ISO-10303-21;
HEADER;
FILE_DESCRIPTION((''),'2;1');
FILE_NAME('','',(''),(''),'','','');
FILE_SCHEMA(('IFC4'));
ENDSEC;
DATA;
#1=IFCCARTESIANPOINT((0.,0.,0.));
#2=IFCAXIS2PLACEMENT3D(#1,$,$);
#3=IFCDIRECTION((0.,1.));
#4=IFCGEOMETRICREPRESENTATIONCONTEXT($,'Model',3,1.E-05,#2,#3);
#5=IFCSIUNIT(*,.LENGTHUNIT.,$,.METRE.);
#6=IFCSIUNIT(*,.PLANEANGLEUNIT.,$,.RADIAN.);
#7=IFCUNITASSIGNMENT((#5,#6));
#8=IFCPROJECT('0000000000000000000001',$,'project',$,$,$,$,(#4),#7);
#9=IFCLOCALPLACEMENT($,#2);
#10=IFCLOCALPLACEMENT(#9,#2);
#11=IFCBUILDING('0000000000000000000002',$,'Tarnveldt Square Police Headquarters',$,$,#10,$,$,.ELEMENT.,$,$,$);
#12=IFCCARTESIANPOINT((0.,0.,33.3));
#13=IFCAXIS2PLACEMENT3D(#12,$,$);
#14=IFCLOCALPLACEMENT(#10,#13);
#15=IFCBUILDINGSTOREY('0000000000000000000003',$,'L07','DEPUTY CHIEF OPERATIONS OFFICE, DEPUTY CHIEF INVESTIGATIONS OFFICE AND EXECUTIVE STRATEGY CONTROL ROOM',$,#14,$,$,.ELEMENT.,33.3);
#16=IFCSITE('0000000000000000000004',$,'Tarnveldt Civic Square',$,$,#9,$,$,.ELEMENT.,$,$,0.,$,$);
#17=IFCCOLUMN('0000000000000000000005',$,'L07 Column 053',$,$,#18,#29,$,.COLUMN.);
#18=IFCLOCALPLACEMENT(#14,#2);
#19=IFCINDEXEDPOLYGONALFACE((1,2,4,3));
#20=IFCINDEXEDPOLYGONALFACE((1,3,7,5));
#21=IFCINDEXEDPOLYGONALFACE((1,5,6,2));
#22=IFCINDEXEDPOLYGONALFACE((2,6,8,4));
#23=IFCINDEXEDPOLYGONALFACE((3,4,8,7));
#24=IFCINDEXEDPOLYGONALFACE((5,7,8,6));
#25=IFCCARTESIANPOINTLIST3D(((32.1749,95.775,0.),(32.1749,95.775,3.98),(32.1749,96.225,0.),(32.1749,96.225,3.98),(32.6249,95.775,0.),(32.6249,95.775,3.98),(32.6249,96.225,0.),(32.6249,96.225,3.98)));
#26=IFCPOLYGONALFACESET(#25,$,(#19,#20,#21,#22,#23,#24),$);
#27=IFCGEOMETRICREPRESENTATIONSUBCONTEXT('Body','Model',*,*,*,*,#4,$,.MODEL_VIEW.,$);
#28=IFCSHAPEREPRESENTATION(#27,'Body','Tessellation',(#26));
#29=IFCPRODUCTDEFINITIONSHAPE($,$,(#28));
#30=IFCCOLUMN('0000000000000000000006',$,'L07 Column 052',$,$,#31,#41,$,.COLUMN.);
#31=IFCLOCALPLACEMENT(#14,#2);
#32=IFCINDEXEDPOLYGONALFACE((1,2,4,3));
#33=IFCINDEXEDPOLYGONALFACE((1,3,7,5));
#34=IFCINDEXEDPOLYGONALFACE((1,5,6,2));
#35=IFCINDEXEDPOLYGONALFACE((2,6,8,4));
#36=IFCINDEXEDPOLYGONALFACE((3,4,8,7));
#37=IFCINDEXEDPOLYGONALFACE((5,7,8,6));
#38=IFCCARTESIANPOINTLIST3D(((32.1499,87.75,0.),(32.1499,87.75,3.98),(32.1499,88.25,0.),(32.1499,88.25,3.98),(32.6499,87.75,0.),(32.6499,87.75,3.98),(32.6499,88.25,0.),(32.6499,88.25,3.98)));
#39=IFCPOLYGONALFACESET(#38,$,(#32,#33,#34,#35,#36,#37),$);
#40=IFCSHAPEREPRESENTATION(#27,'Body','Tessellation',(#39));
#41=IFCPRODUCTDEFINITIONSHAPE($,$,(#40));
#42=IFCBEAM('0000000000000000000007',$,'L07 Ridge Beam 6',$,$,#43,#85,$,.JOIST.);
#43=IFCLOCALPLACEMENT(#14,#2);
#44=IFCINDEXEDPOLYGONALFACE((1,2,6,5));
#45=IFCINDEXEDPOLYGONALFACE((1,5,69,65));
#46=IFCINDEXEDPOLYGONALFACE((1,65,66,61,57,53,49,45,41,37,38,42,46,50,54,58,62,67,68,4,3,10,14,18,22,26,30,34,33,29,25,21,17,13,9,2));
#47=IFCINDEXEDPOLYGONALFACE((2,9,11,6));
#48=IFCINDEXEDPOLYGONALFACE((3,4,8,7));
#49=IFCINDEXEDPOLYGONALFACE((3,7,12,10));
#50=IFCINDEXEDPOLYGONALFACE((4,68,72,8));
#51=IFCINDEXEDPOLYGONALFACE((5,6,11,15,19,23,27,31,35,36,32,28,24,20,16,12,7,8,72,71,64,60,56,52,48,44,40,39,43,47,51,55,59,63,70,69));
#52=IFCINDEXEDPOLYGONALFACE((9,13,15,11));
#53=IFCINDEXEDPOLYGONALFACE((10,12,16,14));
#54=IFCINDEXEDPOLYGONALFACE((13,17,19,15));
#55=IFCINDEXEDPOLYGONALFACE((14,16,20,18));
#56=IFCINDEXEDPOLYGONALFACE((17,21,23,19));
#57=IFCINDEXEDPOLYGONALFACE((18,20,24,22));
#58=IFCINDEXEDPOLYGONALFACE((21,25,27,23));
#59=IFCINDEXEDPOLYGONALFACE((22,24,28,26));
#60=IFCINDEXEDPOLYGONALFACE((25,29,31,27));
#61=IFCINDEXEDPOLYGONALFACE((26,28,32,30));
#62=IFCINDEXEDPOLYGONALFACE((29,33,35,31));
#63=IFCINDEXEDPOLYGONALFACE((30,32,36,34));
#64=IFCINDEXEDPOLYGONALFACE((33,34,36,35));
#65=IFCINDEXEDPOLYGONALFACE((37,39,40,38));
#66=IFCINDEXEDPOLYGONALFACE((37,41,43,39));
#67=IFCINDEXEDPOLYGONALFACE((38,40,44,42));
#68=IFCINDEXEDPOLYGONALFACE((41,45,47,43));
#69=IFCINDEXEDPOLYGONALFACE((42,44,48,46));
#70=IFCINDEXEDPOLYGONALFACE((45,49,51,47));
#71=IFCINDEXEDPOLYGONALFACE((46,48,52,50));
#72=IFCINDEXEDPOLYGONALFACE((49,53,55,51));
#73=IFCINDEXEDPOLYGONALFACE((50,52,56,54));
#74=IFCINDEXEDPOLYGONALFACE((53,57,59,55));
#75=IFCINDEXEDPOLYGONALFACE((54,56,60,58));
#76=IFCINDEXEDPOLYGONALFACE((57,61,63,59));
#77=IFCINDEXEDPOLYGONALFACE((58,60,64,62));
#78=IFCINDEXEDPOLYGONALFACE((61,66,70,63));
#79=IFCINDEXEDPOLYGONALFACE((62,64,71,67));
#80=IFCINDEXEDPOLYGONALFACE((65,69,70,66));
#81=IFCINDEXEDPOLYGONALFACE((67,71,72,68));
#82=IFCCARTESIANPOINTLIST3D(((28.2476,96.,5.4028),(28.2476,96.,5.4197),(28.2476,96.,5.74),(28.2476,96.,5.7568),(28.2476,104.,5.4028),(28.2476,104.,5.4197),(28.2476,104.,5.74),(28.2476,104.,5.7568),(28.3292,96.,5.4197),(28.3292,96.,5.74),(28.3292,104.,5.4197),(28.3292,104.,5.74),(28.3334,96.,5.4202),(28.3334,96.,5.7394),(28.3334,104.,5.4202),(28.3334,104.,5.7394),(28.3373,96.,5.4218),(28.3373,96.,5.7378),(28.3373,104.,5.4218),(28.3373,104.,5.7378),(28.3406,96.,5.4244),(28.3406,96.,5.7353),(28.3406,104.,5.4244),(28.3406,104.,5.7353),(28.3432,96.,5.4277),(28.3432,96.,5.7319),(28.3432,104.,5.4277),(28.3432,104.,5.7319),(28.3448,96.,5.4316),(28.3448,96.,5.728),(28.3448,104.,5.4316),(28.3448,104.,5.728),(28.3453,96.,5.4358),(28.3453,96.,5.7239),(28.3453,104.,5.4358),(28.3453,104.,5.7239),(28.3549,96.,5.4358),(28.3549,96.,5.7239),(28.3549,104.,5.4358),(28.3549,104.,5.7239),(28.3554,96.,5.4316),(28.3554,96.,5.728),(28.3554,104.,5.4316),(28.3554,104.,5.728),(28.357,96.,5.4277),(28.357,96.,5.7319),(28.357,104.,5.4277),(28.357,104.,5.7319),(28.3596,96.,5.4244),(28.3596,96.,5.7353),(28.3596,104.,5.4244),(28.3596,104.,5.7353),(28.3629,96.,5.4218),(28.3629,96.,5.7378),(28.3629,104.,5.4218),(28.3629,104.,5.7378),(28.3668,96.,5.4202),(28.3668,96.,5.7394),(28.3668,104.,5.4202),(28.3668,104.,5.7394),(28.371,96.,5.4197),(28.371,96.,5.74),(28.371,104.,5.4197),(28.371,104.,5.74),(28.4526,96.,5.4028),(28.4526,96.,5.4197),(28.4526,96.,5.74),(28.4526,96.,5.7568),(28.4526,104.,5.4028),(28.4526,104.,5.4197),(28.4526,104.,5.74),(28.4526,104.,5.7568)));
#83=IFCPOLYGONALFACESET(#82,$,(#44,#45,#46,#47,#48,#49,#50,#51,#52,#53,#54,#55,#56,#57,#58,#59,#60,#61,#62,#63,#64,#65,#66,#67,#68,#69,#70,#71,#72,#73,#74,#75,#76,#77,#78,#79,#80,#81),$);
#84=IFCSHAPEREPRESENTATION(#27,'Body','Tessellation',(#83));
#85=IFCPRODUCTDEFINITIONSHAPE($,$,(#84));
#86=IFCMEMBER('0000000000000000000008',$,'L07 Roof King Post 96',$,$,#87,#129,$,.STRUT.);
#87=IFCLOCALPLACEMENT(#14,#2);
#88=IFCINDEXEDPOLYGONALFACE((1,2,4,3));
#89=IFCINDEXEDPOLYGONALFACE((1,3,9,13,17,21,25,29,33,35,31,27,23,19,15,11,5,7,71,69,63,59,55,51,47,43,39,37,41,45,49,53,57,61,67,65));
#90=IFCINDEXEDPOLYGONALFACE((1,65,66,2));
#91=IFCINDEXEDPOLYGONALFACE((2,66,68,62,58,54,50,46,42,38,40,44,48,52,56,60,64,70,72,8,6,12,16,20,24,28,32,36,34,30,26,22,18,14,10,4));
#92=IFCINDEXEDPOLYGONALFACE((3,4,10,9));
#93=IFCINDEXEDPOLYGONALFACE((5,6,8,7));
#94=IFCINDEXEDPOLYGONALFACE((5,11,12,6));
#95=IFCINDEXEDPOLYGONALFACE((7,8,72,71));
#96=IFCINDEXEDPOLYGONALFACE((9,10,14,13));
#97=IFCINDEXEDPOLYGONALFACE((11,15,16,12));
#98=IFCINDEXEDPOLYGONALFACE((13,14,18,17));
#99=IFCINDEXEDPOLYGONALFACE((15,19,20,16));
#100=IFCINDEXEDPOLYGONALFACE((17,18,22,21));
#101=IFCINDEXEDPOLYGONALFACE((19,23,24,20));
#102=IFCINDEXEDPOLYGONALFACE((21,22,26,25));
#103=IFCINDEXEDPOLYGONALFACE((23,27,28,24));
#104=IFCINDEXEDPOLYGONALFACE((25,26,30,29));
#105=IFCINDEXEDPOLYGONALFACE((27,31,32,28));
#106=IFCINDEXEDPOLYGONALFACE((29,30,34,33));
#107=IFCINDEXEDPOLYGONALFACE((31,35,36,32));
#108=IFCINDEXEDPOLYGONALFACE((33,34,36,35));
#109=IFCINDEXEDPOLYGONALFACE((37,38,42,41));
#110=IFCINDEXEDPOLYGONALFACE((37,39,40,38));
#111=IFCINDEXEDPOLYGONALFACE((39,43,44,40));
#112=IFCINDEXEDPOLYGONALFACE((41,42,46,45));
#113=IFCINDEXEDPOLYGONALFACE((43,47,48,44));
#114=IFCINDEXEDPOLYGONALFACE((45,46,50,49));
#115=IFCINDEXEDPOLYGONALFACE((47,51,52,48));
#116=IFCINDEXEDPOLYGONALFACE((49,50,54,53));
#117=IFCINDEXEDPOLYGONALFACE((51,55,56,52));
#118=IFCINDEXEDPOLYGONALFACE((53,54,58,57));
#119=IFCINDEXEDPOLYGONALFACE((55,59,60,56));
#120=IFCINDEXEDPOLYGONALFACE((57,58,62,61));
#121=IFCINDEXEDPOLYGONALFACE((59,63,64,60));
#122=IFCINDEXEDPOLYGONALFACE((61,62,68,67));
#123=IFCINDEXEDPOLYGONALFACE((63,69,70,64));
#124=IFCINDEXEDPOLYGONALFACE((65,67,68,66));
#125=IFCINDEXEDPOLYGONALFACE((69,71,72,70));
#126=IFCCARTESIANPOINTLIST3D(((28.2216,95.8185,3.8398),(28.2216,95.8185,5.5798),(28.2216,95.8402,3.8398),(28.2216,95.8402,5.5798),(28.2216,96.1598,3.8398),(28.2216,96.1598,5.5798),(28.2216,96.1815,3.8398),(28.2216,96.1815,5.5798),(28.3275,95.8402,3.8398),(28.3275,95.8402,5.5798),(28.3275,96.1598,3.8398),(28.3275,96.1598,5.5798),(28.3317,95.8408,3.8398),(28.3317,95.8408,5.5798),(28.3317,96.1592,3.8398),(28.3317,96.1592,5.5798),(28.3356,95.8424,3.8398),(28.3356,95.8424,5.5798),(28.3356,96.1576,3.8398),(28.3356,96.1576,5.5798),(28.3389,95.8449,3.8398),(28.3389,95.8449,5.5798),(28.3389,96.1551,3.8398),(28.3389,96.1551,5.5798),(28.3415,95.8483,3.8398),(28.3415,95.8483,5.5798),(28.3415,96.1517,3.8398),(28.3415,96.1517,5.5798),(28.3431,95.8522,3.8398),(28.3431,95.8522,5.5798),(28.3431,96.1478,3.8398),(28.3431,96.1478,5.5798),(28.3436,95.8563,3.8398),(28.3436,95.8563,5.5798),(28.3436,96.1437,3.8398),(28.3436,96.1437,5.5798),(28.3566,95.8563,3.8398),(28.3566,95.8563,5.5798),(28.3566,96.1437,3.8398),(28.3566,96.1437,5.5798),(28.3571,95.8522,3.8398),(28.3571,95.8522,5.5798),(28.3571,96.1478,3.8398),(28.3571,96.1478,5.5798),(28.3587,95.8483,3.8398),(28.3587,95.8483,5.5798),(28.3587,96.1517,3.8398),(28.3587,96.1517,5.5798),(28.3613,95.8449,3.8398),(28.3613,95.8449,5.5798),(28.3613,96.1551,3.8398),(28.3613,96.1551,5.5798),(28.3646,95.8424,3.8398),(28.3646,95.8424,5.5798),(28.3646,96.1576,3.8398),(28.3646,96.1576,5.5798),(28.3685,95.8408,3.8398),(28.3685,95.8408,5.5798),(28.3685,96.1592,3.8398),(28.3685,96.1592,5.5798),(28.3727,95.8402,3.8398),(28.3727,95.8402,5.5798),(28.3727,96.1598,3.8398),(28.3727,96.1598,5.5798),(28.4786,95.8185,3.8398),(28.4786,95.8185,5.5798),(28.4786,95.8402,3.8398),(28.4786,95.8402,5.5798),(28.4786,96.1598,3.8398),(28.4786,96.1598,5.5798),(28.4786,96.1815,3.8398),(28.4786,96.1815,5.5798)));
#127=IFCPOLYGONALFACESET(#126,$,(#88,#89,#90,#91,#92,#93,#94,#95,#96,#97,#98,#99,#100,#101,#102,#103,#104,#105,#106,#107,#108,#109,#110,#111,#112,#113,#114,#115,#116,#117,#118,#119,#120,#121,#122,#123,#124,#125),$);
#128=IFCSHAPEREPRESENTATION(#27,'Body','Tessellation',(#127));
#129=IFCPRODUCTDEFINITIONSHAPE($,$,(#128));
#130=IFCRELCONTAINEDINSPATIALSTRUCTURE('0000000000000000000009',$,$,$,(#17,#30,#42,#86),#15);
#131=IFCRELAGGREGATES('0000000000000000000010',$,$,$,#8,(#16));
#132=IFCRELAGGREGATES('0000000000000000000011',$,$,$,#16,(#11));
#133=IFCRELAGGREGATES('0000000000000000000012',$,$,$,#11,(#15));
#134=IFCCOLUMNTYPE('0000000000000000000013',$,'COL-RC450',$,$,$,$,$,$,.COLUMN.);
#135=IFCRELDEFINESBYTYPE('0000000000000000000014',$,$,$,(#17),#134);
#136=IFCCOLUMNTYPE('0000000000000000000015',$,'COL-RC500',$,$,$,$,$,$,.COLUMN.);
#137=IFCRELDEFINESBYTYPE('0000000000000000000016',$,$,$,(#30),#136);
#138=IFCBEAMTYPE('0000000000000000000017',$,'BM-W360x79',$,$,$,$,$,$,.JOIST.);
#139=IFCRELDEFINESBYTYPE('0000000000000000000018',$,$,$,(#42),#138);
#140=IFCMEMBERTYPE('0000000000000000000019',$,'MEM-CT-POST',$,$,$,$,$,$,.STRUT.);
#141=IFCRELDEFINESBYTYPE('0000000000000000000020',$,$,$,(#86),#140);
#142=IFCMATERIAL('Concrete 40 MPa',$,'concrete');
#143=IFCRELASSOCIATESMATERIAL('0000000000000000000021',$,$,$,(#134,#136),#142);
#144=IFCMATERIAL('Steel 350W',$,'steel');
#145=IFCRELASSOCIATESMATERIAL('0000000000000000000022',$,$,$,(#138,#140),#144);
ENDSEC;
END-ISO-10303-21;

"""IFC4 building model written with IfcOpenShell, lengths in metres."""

from ifc_helpers import new_model, si_unit, direction, frame, origin, origin_2d, place, context, subcontext, project, spatial, rectangle, i_section, extrude, material, material_profile, profile_set, type_object, element, save


model = new_model("IFC4")

# Units and contexts
model_context = context("Model", 3, precision=1e-05, world=origin(), true_north=direction((0.0, 1.0)))
body_context = subcontext(model_context, "Body", "Model", "MODEL_VIEW")
ifc_project = project(units=[si_unit("LENGTHUNIT", "METRE"), si_unit("PLANEANGLEUNIT", "RADIAN")], contexts=[model_context])

# Site, building, storey
site_placement = place(None, origin())
site = spatial("IfcSite", under=ifc_project, at=site_placement, Name="Tarnveldt Civic Square", CompositionType="ELEMENT", RefElevation=0.0)
building_placement = place(site_placement, origin())
building = spatial("IfcBuilding", under=site, at=building_placement, Name="Tarnveldt Square Police Headquarters", CompositionType="ELEMENT")
storey_placement = place(building_placement, frame((0.0, 0.0, 33.3)))
storey = spatial("IfcBuildingStorey", under=building, at=storey_placement, Name="L07", Description="DEPUTY CHIEF OPERATIONS OFFICE, DEPUTY CHIEF INVESTIGATIONS OFFICE AND EXECUTIVE STRATEGY CONTROL ROOM", CompositionType="ELEMENT", Elevation=33.3)

# Columns
ifc_material_1 = material(Name="Concrete 40 MPa", Category="concrete")
ifc_material_profile_1 = material_profile(ifc_material_1, rectangle(XDim=0.45, YDim=0.45, at=origin_2d()), Name="RC-C450x450")
ifc_profile_set_1 = profile_set([ifc_material_profile_1], Name="Concrete 40 MPa")
column_type_1 = type_object("IfcColumnType", Name="COL-RC450", PredefinedType="COLUMN", material=ifc_profile_set_1)
column_1_placement = place(storey_placement, frame((32.3999, 96.0, 0.0), z_axis=(0.0, 0.0, 1.0), x_axis=(1.0, 0.0, 0.0)))
element("IfcColumn", 1, at=column_1_placement, inside=storey, type_object=column_type_1, Name="L07 Column 053", PredefinedType="COLUMN", context=body_context, shape_type="SweptSolid", body=[
    extrude(rectangle(XDim=0.45, YDim=0.45, at=origin_2d()), origin(), (0.0, 0.0, 1.0), 3.98),
])
ifc_material_profile_2 = material_profile(ifc_material_1, rectangle(XDim=0.5, YDim=0.5, at=origin_2d()), Name="RC-C500x500")
ifc_profile_set_2 = profile_set([ifc_material_profile_2], Name="Concrete 40 MPa")
column_type_2 = type_object("IfcColumnType", Name="COL-RC500", PredefinedType="COLUMN", material=ifc_profile_set_2)
column_2_placement = place(storey_placement, frame((32.3999, 88.0, 0.0), z_axis=(0.0, 0.0, 1.0), x_axis=(1.0, 0.0, 0.0)))
element("IfcColumn", 2, at=column_2_placement, inside=storey, type_object=column_type_2, Name="L07 Column 052", PredefinedType="COLUMN", context=body_context, shape_type="SweptSolid", body=[
    extrude(rectangle(XDim=0.5, YDim=0.5, at=origin_2d()), origin(), (0.0, 0.0, 1.0), 3.98),
])

# Beam
ifc_material_2 = material(Name="Steel 350W", Category="steel")
ifc_material_profile_3 = material_profile(ifc_material_2, i_section(OverallWidth=0.2051, OverallDepth=0.354, WebThickness=0.0095, FlangeThickness=0.0168, FilletRadius=0.0161, at=origin_2d()), Name="W360x79")
ifc_profile_set_3 = profile_set([ifc_material_profile_3], Name="Steel 350W")
beam_type = type_object("IfcBeamType", Name="BM-W360x79", PredefinedType="JOIST", material=ifc_profile_set_3)
beam_placement = place(storey_placement, frame((28.3501, 96.0, 5.5798), z_axis=(0.0, 1.0, 0.0), x_axis=(-1.0, 0.0, 0.0)))
element("IfcBeam", 3, at=beam_placement, inside=storey, type_object=beam_type, Name="L07 Ridge Beam 6", PredefinedType="JOIST", context=body_context, shape_type="SweptSolid", body=[
    extrude(i_section(OverallWidth=0.2051, OverallDepth=0.354, WebThickness=0.0095, FlangeThickness=0.0168, FilletRadius=0.0161, at=origin_2d()), origin(), (0.0, 0.0, 1.0), 8.0),
])

# Member
ifc_material_profile_4 = material_profile(ifc_material_2, i_section(OverallWidth=0.2571, OverallDepth=0.363, WebThickness=0.0129, FlangeThickness=0.0217, FilletRadius=0.0161, at=origin_2d()), Name="W360x122")
ifc_profile_set_4 = profile_set([ifc_material_profile_4], Name="Steel 350W")
member_type_1 = type_object("IfcMemberType", Name="MEM-CT-POST", PredefinedType="STRUT", material=ifc_profile_set_4)
member_1_placement = place(storey_placement, frame((28.3501, 96.0, 3.8398), z_axis=(0.0, 0.0, 1.0), x_axis=(1.0, 0.0, 0.0)))
element("IfcMember", 4, at=member_1_placement, inside=storey, type_object=member_type_1, Name="L07 Roof King Post 96", PredefinedType="STRUT", context=body_context, shape_type="SweptSolid", body=[
    extrude(i_section(OverallWidth=0.2571, OverallDepth=0.363, WebThickness=0.0129, FlangeThickness=0.0217, FilletRadius=0.0161, at=origin_2d()), origin(), (0.0, 0.0, 1.0), 1.74),
])

save(model, "model.ifc")
